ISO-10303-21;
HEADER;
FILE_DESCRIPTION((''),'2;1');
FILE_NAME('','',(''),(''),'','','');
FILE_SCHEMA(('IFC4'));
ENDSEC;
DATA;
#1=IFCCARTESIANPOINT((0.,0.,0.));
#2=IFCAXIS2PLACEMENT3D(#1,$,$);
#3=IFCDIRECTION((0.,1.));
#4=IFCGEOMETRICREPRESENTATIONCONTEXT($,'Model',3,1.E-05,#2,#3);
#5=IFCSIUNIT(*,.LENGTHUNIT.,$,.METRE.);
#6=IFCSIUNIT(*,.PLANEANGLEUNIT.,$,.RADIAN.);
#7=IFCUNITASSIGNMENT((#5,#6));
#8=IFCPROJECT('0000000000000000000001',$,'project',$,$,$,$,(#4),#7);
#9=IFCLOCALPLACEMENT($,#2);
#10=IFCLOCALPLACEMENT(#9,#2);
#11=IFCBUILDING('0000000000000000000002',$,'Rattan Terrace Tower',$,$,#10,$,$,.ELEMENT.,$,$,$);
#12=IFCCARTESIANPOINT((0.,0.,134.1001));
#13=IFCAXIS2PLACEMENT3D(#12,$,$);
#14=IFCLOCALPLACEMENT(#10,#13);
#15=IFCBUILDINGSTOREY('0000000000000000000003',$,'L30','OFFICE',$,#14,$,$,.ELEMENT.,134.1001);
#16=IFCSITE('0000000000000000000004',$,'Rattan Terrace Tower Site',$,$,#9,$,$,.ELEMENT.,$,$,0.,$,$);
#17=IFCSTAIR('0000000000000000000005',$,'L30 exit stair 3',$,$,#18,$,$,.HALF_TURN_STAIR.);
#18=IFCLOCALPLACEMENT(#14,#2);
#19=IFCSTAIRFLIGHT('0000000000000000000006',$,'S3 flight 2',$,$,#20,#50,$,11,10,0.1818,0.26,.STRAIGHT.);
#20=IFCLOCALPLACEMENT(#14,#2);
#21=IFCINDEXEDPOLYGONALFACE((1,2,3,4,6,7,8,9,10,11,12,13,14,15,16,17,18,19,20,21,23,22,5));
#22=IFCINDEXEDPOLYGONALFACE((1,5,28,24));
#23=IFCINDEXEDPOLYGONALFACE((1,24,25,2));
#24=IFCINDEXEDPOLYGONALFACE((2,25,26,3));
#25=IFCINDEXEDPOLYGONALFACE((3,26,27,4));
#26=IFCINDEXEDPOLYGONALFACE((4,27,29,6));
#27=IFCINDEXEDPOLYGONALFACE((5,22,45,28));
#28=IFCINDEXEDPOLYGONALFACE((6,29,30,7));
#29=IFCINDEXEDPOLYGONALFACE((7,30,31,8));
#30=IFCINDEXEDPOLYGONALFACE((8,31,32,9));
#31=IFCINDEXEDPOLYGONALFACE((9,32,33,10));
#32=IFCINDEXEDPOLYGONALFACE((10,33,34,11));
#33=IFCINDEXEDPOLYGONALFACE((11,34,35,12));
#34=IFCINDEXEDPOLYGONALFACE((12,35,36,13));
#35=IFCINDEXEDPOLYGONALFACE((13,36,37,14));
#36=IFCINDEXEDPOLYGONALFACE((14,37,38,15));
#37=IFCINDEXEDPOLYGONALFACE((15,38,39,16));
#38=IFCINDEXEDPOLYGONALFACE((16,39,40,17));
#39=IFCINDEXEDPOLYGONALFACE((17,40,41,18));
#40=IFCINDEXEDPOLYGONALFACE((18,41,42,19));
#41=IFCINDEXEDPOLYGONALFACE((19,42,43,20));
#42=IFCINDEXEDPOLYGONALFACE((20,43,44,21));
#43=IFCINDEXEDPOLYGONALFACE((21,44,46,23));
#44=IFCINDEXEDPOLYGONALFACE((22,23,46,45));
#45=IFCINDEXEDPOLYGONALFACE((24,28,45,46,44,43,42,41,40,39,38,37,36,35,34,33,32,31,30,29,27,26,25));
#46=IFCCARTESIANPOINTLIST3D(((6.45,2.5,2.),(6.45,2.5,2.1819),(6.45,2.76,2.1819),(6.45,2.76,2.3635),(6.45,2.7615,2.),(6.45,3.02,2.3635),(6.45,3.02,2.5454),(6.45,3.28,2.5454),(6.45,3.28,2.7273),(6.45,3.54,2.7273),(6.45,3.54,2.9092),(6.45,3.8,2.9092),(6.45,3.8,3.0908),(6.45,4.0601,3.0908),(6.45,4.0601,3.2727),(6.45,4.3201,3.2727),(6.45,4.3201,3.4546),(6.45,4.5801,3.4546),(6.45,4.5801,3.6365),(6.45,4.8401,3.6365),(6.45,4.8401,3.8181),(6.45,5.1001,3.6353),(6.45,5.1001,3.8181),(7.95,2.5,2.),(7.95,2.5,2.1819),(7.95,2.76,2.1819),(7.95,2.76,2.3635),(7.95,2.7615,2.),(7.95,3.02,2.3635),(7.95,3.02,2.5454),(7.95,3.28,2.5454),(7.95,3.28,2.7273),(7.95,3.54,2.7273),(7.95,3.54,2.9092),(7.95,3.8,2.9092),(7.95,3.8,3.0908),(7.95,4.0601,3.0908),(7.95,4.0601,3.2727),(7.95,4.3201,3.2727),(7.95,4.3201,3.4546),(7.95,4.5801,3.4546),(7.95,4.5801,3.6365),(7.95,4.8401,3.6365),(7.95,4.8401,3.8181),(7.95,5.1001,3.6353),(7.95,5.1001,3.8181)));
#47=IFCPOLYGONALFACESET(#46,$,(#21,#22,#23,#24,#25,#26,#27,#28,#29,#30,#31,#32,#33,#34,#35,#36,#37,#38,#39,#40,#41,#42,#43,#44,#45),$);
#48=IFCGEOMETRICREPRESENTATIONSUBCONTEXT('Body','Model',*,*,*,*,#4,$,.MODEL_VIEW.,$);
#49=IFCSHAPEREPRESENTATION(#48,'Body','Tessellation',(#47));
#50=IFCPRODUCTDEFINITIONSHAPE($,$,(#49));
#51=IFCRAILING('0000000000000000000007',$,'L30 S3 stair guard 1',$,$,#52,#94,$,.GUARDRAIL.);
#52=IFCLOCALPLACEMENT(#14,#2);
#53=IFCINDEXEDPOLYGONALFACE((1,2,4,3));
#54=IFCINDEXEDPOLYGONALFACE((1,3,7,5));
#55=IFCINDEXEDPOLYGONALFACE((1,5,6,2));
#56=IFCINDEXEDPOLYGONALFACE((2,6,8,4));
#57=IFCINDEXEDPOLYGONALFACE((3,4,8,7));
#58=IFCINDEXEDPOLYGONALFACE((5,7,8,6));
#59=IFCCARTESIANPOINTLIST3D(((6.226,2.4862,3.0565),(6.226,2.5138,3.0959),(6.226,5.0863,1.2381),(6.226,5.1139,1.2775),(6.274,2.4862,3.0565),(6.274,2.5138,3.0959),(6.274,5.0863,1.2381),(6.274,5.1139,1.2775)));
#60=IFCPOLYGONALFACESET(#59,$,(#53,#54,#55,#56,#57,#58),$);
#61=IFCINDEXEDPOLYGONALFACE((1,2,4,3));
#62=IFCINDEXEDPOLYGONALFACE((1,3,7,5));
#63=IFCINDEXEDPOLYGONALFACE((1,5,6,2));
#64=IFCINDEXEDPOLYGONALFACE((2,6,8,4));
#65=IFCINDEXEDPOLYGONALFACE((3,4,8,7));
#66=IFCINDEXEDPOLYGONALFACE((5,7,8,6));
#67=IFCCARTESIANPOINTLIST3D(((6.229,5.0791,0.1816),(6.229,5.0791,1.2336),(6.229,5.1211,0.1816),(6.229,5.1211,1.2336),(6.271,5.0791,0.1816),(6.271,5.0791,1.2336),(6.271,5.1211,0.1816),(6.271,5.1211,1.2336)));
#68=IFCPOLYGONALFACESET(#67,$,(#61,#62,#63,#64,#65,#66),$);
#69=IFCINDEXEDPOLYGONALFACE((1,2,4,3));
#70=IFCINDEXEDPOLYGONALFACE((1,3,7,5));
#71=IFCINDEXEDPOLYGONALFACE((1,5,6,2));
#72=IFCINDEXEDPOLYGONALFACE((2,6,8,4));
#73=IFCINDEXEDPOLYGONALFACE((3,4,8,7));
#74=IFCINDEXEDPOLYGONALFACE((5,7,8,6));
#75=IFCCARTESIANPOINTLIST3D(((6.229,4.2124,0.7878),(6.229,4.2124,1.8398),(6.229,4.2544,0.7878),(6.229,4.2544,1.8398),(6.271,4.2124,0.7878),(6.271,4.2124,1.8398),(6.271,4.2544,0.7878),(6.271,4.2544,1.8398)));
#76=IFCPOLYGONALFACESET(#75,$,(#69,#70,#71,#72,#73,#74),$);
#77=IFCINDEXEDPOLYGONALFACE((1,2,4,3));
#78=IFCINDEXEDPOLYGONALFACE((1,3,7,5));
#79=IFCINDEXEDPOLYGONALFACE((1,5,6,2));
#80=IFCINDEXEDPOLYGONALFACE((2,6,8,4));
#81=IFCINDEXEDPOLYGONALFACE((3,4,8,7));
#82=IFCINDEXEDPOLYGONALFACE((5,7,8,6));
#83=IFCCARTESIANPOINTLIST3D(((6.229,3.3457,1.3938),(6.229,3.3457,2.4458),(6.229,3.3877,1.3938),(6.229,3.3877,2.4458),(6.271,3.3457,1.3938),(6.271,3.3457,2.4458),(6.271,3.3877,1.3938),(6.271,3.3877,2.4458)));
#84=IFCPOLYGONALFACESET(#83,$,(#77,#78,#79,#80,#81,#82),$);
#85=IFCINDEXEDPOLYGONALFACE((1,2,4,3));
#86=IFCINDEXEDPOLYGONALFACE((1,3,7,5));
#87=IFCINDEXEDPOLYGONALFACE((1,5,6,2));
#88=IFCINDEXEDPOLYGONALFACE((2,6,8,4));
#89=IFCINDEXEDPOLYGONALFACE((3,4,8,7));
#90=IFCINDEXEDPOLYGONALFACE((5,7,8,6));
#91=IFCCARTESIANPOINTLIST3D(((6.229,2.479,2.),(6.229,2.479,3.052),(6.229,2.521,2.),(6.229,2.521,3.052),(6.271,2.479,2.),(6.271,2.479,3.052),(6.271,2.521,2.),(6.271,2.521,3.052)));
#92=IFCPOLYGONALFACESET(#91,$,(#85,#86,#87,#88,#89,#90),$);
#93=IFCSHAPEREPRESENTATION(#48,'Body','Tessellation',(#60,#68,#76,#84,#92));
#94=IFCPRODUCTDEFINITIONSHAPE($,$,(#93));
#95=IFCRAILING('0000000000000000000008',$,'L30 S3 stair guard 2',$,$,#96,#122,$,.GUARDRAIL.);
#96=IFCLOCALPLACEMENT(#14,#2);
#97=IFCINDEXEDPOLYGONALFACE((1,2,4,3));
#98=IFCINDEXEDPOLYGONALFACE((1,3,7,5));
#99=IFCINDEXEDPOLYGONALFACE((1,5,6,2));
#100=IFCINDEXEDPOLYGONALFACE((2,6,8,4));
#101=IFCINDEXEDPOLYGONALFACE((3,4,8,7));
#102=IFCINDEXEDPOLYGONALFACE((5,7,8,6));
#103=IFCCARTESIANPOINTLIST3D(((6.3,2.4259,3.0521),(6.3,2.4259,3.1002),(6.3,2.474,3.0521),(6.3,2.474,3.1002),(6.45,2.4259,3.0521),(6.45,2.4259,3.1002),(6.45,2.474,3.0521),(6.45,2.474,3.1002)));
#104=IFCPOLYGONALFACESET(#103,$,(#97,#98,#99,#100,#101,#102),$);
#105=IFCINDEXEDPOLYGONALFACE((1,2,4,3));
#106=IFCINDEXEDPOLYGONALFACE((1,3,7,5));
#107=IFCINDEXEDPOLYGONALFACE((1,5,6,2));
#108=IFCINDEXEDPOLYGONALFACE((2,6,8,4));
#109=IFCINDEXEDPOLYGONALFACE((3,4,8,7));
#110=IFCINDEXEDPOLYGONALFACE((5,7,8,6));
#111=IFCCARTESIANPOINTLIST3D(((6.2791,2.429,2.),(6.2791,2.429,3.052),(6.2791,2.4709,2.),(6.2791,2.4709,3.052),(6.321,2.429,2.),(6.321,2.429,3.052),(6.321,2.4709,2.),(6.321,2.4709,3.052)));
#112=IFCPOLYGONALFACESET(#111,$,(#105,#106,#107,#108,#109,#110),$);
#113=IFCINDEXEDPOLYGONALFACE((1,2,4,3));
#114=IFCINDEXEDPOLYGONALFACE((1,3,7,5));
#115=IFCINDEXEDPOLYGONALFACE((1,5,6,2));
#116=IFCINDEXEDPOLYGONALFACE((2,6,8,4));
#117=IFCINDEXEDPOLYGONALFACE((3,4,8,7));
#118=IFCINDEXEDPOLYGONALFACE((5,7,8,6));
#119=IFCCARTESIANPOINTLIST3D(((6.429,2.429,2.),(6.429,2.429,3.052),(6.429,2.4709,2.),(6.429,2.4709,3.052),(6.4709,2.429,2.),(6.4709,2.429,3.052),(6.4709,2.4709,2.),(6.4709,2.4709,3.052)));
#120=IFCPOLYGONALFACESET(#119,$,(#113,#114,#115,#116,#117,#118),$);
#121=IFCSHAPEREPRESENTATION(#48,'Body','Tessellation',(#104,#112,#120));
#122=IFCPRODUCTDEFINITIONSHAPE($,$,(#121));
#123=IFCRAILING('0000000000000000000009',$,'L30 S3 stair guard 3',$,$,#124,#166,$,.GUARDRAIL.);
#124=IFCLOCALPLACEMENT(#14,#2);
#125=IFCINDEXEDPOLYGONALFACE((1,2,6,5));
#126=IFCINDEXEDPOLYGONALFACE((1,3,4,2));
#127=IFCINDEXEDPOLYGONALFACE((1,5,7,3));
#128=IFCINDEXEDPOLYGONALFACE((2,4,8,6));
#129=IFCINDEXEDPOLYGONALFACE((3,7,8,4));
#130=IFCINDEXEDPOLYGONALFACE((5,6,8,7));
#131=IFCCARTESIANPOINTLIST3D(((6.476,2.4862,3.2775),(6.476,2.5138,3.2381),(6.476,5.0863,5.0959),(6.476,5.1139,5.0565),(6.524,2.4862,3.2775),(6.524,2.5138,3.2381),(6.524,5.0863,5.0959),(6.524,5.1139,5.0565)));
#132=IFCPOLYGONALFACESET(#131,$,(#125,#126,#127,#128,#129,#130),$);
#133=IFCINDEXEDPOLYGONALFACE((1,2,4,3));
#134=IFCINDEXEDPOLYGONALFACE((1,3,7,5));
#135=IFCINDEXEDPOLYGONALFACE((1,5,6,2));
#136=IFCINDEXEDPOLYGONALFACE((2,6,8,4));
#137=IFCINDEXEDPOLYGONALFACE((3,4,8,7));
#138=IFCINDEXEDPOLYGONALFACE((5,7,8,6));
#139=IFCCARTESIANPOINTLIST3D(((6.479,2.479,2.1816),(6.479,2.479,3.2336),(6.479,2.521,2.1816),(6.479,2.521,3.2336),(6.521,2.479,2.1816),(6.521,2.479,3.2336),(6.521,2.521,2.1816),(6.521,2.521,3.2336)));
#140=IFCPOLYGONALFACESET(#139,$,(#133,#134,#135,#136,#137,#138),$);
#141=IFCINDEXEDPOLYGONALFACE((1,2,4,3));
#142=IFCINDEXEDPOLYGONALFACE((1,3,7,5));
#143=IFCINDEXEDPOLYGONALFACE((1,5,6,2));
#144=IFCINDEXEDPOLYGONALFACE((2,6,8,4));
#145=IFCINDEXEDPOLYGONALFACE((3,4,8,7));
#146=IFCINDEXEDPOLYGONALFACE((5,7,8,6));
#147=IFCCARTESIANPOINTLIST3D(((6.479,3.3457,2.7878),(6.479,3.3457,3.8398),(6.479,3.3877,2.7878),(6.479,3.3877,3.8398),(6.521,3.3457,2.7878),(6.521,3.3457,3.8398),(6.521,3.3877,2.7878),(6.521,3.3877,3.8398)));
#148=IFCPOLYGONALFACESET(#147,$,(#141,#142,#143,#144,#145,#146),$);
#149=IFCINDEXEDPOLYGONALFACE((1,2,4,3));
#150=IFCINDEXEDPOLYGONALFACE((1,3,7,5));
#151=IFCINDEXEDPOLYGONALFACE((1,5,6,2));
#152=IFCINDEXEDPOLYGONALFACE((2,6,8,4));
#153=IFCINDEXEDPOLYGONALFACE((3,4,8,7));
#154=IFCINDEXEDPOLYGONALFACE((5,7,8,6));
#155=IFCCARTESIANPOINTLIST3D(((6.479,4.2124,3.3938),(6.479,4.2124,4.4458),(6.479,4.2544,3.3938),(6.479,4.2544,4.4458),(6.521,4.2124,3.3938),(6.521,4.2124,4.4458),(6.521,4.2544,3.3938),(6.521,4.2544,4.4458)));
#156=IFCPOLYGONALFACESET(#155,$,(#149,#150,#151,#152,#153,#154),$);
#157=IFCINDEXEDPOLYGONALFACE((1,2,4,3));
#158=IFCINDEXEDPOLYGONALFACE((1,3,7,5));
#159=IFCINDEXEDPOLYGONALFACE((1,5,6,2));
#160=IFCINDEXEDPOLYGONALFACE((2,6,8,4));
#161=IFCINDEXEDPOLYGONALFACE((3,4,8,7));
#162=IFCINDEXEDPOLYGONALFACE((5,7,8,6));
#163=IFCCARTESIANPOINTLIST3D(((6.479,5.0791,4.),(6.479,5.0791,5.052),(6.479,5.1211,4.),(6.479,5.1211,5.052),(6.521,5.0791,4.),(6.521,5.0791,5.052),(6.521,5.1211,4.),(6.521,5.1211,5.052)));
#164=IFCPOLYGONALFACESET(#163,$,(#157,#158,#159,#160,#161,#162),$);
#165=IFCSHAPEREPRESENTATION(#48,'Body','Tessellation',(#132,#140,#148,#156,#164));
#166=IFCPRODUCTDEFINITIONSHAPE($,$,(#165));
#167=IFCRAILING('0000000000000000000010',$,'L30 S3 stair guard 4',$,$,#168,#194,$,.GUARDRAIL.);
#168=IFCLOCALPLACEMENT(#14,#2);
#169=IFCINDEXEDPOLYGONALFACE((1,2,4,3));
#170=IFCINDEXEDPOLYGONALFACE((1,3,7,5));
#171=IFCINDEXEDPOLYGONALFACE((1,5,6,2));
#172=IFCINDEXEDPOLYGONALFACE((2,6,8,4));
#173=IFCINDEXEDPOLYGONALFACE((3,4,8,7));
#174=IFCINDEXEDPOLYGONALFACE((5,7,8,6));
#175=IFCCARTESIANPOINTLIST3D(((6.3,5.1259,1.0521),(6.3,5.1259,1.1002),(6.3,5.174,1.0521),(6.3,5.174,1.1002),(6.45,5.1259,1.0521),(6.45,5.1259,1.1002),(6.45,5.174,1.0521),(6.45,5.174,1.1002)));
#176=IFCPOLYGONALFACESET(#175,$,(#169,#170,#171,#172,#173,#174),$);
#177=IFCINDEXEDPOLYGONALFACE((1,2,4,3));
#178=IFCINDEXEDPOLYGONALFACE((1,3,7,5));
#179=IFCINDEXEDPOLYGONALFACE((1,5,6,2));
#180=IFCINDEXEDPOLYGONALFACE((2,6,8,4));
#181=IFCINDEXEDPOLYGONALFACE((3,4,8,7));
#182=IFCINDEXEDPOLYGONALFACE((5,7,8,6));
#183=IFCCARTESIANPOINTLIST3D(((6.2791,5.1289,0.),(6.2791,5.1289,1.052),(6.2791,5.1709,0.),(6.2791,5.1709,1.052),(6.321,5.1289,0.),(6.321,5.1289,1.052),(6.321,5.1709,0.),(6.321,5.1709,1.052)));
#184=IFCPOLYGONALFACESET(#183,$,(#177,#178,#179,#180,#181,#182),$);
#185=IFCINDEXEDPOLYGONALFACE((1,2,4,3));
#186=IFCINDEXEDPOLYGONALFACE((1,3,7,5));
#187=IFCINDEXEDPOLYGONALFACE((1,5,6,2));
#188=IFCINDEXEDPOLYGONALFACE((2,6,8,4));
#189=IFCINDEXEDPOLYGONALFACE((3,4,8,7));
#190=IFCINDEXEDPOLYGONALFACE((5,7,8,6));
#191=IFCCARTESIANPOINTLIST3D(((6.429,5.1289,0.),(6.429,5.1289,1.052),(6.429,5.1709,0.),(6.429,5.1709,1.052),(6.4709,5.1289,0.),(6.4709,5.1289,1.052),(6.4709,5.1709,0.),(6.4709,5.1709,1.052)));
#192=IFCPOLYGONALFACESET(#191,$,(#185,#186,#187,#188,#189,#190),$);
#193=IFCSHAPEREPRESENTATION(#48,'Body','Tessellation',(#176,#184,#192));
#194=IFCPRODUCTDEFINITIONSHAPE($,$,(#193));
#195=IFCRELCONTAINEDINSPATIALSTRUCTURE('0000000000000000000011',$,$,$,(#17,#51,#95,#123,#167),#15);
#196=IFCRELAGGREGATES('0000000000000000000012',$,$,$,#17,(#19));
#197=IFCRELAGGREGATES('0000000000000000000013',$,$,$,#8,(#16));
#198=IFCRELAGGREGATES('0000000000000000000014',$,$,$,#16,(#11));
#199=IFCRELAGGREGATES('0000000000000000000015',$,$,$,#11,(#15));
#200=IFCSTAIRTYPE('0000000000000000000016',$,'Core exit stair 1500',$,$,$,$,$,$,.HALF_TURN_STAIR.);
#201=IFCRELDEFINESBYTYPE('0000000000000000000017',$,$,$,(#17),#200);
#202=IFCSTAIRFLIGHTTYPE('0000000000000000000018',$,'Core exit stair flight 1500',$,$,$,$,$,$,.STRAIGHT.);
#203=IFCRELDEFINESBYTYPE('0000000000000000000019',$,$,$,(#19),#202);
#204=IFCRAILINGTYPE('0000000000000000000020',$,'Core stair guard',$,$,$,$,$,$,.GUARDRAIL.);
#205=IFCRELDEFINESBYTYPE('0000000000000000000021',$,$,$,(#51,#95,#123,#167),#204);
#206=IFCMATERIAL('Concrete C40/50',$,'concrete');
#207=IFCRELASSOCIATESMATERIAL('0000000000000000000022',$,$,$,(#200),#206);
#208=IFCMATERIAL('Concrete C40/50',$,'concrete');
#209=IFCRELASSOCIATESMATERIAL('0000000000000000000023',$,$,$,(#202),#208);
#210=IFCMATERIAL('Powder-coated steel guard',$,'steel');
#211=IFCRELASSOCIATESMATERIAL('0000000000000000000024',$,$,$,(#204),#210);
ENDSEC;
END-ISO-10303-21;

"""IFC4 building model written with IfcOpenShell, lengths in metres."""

from ifc_helpers import new_model, si_unit, direction, frame, origin, origin_2d, place, context, subcontext, project, spatial, polyline, rectangle, outline, extrude, material, type_object, element, aggregate, save


model = new_model("IFC4")

# Units and contexts
model_context = context("Model", 3, precision=1e-05, world=origin(), true_north=direction((0.0, 1.0)))
body_context = subcontext(model_context, "Body", "Model", "MODEL_VIEW")
ifc_project = project(units=[si_unit("LENGTHUNIT", "METRE"), si_unit("PLANEANGLEUNIT", "RADIAN")], contexts=[model_context])

# Site, building, storey
site_placement = place(None, origin())
site = spatial("IfcSite", under=ifc_project, at=site_placement, Name="Rattan Terrace Tower Site", CompositionType="ELEMENT", RefElevation=0.0)
building_placement = place(site_placement, origin())
building = spatial("IfcBuilding", under=site, at=building_placement, Name="Rattan Terrace Tower", CompositionType="ELEMENT")
storey_placement = place(building_placement, frame((0.0, 0.0, 134.1001)))
storey = spatial("IfcBuildingStorey", under=building, at=storey_placement, Name="L30", Description="OFFICE", CompositionType="ELEMENT", Elevation=134.1001)

# Stair, stair flight
ifc_material_1 = material(Name="Concrete C40/50", Category="concrete")
stair_type = type_object("IfcStairType", Name="Core exit stair 1500", PredefinedType="HALF_TURN_STAIR", material=ifc_material_1)
stair_placement = place(storey_placement, origin())
stair = element("IfcStair", 1, at=stair_placement, inside=storey, type_object=stair_type, Name="L30 exit stair 3", PredefinedType="HALF_TURN_STAIR")
ifc_material_2 = material(Name="Concrete C40/50", Category="concrete")
stair_flight_type = type_object("IfcStairFlightType", Name="Core exit stair flight 1500", PredefinedType="STRAIGHT", material=ifc_material_2)
stair_flight_1_placement = place(storey_placement, frame((7.2, 2.5, 2.0), z_axis=(0.0, 0.0, 1.0), x_axis=(0.0, 1.0, 0.0)))
stair_flight_1 = element("IfcStairFlight", 2, at=stair_flight_1_placement, type_object=stair_flight_type, Name="S3 flight 2", NumberOfRisers=11, NumberOfTreads=10, PredefinedType="STRAIGHT", RiserHeight=0.1818, TreadLength=0.26, context=body_context, shape_type="SweptSolid", body=[
    extrude(outline(polyline([(0.0, 0.0), (0.0, 0.1819), (0.26, 0.1819), (0.26, 0.3635), (0.52, 0.3635), (0.52, 0.5454), (0.78, 0.5454), (0.78, 0.7273), (1.04, 0.7273), (1.04, 0.9092), (1.3, 0.9092), (1.3, 1.0908), (1.5601, 1.0908), (1.5601, 1.2727), (1.8201, 1.2727), (1.8201, 1.4546), (2.0801, 1.4546), (2.0801, 1.6365), (2.3401, 1.6365), (2.3401, 1.8181), (2.6001, 1.8181), (2.6001, 2.0), (2.6001, 1.6353), (0.2615, 0.0), (0.0, 0.0)])), frame((0.0, 0.75, 0.0), z_axis=(0.0, -1.0, 0.0), x_axis=(1.0, 0.0, 0.0)), (0.0, 0.0, 1.0), 1.5),
])
aggregate(stair, [stair_flight_1])

# Railings
ifc_material_3 = material(Name="Powder-coated steel guard", Category="steel")
railing_type_1 = type_object("IfcRailingType", Name="Core stair guard", PredefinedType="GUARDRAIL", material=ifc_material_3)
railing_1_placement = place(storey_placement, frame((6.25, 5.1001, 0.1816)))
element("IfcRailing", 3, at=railing_1_placement, inside=storey, type_object=railing_type_1, Name="L30 S3 stair guard 1", PredefinedType="GUARDRAIL", context=body_context, shape_type="SweptSolid", body=[
    extrude(rectangle(XDim=0.0481, YDim=0.0481, at=origin_2d()), frame((0.0, 0.0, 1.0762), z_axis=(0.0, -0.819485, 0.573101), x_axis=(1.0, 0.0, 0.0)), (0.0, 0.0, 1.0), 3.1729),
    extrude(rectangle(XDim=0.042, YDim=0.042, at=origin_2d()), origin(), (0.0, 0.0, 1.0), 1.052),
    extrude(rectangle(XDim=0.042, YDim=0.042, at=origin_2d()), frame((0.0, -0.8667, 0.6062)), (0.0, 0.0, 1.0), 1.052),
    extrude(rectangle(XDim=0.042, YDim=0.042, at=origin_2d()), frame((0.0, -1.7334, 1.2122)), (0.0, 0.0, 1.0), 1.052),
    extrude(rectangle(XDim=0.042, YDim=0.042, at=origin_2d()), frame((0.0, -2.6001, 1.8184)), (0.0, 0.0, 1.0), 1.052),
])
railing_2_placement = place(storey_placement, frame((6.3, 2.45, 2.0)))
element("IfcRailing", 4, at=railing_2_placement, inside=storey, type_object=railing_type_1, Name="L30 S3 stair guard 2", PredefinedType="GUARDRAIL", context=body_context, shape_type="SweptSolid", body=[
    extrude(rectangle(XDim=0.0481, YDim=0.0481, at=origin_2d()), frame((0.0, 0.0, 1.0762), z_axis=(1.0, 0.0, 0.0), x_axis=(0.0, 1.0, 0.0)), (0.0, 0.0, 1.0), 0.1499),
    extrude(rectangle(XDim=0.042, YDim=0.042, at=origin_2d()), origin(), (0.0, 0.0, 1.0), 1.052),
    extrude(rectangle(XDim=0.042, YDim=0.042, at=origin_2d()), frame((0.1499, 0.0, 0.0)), (0.0, 0.0, 1.0), 1.052),
])
railing_3_placement = place(storey_placement, frame((6.5, 2.5, 2.1816)))
element("IfcRailing", 5, at=railing_3_placement, inside=storey, type_object=railing_type_1, Name="L30 S3 stair guard 3", PredefinedType="GUARDRAIL", context=body_context, shape_type="SweptSolid", body=[
    extrude(rectangle(XDim=0.0481, YDim=0.0481, at=origin_2d()), frame((0.0, 0.0, 1.0762), z_axis=(0.0, 0.819485, 0.573101), x_axis=(-1.0, 0.0, 0.0)), (0.0, 0.0, 1.0), 3.1729),
    extrude(rectangle(XDim=0.042, YDim=0.042, at=origin_2d()), origin(), (0.0, 0.0, 1.0), 1.052),
    extrude(rectangle(XDim=0.042, YDim=0.042, at=origin_2d()), frame((0.0, 0.8667, 0.6062)), (0.0, 0.0, 1.0), 1.052),
    extrude(rectangle(XDim=0.042, YDim=0.042, at=origin_2d()), frame((0.0, 1.7334, 1.2122)), (0.0, 0.0, 1.0), 1.052),
    extrude(rectangle(XDim=0.042, YDim=0.042, at=origin_2d()), frame((0.0, 2.6001, 1.8184)), (0.0, 0.0, 1.0), 1.052),
])
railing_4_placement = place(storey_placement, frame((6.3, 5.1499, 0.0)))
element("IfcRailing", 6, at=railing_4_placement, inside=storey, type_object=railing_type_1, Name="L30 S3 stair guard 4", PredefinedType="GUARDRAIL", context=body_context, shape_type="SweptSolid", body=[
    extrude(rectangle(XDim=0.0481, YDim=0.0481, at=origin_2d()), frame((0.0, 0.0, 1.0762), z_axis=(1.0, 0.0, 0.0), x_axis=(0.0, 1.0, 0.0)), (0.0, 0.0, 1.0), 0.1499),
    extrude(rectangle(XDim=0.042, YDim=0.042, at=origin_2d()), origin(), (0.0, 0.0, 1.0), 1.052),
    extrude(rectangle(XDim=0.042, YDim=0.042, at=origin_2d()), frame((0.1499, 0.0, 0.0)), (0.0, 0.0, 1.0), 1.052),
])

save(model, "model.ifc")
